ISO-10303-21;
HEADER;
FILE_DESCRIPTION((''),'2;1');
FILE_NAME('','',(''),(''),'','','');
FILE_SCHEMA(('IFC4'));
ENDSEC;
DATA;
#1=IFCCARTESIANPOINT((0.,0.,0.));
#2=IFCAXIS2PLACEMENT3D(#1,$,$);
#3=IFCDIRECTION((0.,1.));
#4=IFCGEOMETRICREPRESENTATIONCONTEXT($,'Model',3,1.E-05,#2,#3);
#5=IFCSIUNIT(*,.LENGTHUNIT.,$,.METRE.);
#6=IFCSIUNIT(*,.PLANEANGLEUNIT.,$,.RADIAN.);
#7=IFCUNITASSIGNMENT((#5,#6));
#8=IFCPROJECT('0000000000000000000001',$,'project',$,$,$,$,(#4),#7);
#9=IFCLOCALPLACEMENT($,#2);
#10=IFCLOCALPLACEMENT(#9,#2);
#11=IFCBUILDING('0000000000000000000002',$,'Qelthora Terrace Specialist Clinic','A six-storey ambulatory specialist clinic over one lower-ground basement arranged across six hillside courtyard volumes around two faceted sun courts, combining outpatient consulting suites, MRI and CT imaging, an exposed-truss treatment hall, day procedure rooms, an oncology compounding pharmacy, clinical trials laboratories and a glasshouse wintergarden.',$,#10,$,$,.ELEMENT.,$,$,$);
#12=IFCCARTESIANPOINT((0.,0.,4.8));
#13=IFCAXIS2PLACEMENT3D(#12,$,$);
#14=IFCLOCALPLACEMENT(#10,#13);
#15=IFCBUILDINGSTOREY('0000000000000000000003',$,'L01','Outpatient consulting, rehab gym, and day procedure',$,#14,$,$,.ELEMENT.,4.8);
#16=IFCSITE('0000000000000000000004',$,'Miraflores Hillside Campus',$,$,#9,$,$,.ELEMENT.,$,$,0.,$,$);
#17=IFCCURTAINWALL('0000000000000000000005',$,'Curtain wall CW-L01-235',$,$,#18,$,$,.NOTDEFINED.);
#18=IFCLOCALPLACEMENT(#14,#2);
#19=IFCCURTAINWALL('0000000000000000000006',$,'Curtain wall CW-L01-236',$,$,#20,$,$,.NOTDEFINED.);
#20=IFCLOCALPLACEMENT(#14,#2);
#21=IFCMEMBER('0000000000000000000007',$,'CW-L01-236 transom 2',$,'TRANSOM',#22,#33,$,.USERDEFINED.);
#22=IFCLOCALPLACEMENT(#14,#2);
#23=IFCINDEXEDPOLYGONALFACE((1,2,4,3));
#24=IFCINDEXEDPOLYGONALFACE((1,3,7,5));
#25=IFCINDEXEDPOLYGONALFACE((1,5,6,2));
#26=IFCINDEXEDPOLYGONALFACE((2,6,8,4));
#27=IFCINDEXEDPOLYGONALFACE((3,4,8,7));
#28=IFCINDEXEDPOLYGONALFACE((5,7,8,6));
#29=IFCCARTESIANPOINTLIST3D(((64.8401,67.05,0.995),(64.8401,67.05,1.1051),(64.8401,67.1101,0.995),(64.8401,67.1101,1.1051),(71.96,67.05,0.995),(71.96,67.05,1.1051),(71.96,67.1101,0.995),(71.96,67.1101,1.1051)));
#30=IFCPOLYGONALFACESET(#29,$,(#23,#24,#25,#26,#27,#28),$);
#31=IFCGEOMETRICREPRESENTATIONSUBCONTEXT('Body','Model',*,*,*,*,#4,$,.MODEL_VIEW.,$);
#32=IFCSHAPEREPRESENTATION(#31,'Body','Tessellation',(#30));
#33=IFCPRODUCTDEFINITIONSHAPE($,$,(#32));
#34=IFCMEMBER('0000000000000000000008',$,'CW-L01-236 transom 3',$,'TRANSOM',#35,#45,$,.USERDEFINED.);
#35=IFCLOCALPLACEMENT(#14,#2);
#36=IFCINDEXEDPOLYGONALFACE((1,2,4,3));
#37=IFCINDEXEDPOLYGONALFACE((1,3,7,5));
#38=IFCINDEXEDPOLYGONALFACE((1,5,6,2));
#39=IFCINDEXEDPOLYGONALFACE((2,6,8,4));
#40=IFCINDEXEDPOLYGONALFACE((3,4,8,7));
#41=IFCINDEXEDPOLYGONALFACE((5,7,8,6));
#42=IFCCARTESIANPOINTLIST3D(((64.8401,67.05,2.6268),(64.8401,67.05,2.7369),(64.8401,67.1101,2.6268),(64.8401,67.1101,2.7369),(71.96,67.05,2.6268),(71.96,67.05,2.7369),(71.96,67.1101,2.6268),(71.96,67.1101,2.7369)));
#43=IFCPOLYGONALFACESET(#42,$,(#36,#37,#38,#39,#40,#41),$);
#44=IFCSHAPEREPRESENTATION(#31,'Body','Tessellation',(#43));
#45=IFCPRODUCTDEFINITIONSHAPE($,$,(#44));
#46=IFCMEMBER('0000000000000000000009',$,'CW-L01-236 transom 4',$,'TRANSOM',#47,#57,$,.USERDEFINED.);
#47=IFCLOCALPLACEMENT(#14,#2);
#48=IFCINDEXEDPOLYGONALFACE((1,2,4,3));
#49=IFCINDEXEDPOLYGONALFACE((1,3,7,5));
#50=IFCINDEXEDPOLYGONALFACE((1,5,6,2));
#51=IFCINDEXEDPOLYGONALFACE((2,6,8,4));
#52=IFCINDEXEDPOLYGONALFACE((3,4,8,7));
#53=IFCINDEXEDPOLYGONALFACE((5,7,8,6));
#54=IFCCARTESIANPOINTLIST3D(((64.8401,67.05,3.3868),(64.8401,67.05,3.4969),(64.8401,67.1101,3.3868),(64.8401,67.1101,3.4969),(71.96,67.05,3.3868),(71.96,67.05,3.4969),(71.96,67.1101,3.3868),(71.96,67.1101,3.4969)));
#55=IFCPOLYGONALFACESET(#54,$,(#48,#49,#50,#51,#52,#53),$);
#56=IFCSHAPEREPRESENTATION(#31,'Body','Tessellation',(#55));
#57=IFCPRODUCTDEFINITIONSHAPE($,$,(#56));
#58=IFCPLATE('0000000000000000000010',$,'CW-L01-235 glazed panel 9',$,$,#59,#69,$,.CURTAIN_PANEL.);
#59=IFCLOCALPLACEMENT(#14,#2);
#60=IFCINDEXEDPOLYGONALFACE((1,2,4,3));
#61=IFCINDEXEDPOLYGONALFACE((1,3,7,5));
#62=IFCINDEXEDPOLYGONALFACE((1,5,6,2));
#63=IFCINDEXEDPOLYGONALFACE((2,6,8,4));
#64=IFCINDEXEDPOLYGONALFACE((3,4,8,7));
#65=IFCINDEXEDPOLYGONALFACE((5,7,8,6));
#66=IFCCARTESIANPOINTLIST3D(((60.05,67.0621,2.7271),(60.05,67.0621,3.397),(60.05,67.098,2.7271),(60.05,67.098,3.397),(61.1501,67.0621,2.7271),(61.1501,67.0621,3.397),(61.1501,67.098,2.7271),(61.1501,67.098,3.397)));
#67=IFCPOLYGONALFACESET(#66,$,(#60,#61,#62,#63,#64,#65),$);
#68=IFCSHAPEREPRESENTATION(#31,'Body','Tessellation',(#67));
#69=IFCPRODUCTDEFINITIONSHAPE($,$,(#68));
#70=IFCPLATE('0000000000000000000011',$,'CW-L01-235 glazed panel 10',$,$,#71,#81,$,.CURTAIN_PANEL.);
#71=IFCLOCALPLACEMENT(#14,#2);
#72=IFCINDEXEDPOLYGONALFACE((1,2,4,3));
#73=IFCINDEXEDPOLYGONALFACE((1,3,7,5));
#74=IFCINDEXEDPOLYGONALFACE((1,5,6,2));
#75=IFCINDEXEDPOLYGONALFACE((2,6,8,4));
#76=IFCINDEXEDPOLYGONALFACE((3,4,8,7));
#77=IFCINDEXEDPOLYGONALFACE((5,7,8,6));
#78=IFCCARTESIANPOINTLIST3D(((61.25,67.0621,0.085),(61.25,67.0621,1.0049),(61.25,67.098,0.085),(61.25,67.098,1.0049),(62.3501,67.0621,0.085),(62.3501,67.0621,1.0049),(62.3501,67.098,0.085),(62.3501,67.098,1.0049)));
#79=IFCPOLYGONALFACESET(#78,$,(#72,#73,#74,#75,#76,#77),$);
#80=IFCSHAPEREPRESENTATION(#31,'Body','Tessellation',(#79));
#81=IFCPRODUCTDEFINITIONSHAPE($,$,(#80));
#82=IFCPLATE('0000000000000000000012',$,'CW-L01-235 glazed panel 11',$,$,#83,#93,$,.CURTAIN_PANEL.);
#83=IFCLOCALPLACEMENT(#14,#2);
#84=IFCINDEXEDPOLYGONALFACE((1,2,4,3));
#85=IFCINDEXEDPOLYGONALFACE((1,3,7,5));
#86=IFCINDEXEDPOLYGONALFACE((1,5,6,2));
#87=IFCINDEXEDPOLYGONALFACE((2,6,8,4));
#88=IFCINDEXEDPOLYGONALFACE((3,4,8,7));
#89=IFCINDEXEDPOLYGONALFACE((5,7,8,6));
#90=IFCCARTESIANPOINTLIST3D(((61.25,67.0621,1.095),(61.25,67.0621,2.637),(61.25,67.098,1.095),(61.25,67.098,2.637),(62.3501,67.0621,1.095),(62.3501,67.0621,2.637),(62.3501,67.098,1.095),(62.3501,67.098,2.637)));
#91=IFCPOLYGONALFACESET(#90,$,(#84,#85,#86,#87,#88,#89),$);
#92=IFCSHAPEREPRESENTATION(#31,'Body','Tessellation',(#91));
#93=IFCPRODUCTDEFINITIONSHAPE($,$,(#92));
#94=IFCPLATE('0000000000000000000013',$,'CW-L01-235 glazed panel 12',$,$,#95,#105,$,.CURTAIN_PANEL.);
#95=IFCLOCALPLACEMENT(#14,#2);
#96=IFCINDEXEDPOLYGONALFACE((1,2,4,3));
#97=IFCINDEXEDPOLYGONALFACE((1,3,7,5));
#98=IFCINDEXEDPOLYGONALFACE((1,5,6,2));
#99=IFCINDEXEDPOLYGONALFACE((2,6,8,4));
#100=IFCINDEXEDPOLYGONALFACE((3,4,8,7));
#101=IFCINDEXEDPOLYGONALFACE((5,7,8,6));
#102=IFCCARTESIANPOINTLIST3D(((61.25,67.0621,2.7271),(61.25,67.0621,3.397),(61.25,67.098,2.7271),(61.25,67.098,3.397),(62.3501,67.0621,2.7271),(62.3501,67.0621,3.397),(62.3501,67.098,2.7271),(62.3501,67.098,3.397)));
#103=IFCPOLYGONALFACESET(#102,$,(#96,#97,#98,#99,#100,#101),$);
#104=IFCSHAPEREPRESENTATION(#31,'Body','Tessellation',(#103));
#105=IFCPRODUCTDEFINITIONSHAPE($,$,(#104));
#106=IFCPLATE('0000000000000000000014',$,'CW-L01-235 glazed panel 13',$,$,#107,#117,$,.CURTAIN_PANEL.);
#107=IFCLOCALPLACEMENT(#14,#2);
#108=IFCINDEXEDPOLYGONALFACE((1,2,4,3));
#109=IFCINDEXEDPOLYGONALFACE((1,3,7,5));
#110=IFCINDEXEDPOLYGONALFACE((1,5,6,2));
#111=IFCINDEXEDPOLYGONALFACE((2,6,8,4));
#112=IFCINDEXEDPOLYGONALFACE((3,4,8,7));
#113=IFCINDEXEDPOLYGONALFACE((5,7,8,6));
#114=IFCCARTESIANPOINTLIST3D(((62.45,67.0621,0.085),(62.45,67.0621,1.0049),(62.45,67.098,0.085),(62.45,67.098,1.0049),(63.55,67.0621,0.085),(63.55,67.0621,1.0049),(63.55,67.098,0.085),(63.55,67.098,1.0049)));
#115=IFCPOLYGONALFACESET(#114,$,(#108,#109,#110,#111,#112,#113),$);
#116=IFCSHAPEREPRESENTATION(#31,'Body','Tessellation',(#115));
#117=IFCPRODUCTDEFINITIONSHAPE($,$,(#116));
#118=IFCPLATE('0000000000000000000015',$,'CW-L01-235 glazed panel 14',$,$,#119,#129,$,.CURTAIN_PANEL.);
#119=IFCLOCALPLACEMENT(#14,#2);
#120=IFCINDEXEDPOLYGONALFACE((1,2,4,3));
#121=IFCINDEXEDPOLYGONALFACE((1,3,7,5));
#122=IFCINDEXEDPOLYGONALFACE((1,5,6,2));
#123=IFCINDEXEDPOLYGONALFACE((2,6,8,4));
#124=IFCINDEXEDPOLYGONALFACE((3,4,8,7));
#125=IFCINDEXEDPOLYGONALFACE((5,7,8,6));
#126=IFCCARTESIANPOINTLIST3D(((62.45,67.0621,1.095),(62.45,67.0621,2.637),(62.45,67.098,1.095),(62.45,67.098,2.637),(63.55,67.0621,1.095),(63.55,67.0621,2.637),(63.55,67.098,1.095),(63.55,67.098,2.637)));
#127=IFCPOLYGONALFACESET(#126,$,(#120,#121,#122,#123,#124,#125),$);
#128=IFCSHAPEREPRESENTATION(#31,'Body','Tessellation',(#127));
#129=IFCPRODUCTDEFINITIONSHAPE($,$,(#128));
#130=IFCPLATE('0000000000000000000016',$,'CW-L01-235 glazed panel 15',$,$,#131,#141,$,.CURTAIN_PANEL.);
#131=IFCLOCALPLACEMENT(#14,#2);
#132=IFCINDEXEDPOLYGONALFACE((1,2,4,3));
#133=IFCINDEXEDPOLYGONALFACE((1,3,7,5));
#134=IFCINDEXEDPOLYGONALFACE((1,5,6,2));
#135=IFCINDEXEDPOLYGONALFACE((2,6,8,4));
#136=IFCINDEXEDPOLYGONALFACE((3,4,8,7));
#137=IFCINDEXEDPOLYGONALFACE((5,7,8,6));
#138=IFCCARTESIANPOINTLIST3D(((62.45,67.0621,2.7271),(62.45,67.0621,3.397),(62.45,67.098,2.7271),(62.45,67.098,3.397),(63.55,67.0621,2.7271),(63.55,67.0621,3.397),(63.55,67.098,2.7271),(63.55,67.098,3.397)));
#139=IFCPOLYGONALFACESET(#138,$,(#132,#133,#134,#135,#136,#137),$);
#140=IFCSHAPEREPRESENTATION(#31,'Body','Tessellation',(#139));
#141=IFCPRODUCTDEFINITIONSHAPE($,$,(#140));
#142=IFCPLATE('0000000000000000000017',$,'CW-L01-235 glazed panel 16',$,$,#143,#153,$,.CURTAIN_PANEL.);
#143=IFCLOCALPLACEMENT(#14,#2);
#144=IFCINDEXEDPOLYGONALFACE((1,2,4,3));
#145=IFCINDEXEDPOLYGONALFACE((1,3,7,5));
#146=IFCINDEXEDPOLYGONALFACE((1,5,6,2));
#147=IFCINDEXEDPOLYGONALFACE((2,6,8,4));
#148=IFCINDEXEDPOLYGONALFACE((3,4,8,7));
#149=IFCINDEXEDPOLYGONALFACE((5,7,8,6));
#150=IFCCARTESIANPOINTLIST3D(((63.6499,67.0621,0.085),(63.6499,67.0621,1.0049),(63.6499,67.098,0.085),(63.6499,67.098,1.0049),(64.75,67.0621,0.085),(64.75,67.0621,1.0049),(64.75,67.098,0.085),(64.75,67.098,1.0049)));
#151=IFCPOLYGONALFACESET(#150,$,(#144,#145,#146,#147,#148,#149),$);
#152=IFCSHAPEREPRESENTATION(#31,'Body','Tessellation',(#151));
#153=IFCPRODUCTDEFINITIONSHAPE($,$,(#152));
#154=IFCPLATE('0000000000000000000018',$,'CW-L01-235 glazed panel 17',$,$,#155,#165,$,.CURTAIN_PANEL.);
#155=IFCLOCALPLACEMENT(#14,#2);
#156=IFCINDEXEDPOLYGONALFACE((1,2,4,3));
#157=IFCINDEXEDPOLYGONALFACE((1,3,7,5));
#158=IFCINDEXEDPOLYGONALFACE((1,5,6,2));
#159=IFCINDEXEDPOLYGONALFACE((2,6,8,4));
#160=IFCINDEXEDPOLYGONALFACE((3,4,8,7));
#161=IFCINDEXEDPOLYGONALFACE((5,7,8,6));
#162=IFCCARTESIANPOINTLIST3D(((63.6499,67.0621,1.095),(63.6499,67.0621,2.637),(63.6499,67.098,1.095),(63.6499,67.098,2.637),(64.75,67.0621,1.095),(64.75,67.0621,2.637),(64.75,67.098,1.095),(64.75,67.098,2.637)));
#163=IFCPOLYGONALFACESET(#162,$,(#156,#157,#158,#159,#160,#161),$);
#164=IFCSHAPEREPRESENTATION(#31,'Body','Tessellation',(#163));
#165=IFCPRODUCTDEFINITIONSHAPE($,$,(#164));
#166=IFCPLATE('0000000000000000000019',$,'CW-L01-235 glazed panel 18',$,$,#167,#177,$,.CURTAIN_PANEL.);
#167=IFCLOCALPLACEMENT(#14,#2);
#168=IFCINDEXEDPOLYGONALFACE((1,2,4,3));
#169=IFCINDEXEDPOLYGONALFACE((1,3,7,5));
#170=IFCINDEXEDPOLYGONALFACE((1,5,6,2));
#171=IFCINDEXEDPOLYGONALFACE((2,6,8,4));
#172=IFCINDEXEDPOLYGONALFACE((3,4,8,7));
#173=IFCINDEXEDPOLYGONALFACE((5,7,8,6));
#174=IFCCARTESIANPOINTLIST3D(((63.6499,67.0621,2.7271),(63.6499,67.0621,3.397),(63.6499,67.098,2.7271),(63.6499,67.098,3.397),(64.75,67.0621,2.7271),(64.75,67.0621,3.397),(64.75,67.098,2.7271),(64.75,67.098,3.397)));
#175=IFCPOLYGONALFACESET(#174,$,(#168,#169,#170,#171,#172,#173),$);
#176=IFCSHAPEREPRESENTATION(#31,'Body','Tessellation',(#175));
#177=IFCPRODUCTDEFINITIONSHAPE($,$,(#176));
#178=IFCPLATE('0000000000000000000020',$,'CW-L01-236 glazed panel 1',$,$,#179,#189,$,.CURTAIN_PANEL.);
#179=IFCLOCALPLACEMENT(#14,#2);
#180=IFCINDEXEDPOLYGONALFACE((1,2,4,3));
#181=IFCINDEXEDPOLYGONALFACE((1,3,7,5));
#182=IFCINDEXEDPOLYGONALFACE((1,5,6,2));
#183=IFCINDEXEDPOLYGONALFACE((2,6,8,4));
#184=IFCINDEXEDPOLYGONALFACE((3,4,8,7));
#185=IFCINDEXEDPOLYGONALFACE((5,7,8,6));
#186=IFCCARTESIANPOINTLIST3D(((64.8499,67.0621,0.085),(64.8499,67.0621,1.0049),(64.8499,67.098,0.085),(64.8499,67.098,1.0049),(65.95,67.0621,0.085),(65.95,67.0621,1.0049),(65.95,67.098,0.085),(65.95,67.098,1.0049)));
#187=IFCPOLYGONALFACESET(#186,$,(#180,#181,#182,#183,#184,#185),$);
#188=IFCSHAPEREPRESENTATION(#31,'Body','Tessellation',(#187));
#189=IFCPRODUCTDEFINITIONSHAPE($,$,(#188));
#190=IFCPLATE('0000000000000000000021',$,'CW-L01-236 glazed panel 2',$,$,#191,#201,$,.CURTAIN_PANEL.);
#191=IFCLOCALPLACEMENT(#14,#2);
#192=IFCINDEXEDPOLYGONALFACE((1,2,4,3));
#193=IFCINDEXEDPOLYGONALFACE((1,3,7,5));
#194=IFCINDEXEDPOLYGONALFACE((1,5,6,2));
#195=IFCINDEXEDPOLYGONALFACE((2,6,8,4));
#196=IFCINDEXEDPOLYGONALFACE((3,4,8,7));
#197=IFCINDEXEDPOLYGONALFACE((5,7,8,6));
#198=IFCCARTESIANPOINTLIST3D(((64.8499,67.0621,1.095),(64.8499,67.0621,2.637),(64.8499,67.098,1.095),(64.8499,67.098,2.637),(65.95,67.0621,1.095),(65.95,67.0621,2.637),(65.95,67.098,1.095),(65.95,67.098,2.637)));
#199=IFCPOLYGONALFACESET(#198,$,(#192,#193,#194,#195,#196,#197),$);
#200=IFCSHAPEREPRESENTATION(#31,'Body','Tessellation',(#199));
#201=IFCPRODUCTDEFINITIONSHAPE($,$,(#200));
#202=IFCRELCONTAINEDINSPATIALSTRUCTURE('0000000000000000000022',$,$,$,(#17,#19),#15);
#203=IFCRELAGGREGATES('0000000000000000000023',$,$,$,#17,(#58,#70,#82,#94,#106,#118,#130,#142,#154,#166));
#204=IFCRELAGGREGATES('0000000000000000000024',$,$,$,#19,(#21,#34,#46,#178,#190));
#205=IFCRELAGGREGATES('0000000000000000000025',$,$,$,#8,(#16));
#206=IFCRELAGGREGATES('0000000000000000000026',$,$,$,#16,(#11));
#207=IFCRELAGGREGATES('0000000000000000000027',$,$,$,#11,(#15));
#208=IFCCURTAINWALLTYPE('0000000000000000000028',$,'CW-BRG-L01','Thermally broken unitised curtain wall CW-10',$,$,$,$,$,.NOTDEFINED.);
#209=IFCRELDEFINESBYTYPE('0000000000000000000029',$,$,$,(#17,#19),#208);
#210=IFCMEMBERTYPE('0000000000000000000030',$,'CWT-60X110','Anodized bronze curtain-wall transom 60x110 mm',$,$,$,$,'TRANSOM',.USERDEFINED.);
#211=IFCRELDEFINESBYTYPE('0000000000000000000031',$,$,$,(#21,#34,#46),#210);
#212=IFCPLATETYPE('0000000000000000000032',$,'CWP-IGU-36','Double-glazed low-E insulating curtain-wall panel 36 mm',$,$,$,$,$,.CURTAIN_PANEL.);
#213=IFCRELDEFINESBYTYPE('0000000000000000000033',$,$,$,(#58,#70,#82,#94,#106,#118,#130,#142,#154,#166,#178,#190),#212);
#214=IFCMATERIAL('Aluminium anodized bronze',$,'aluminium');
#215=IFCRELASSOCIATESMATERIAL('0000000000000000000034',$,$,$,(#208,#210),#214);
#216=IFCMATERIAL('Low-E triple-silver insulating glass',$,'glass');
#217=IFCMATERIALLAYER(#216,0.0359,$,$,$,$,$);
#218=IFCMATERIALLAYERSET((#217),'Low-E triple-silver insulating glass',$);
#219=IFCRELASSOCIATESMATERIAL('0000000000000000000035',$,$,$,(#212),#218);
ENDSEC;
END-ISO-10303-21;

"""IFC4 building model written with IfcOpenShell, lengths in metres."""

from ifc_helpers import new_model, si_unit, direction, frame, origin, origin_2d, place, context, subcontext, project, spatial, rectangle, extrude, material, layer, layer_set, material_profile, profile_set, type_object, element, aggregate, save


model = new_model("IFC4")

# Units and contexts
model_context = context("Model", 3, precision=1e-05, world=origin(), true_north=direction((0.0, 1.0)))
body_context = subcontext(model_context, "Body", "Model", "MODEL_VIEW")
ifc_project = project(units=[si_unit("LENGTHUNIT", "METRE"), si_unit("PLANEANGLEUNIT", "RADIAN")], contexts=[model_context])

# Site, building, storey
site_placement = place(None, origin())
site = spatial("IfcSite", under=ifc_project, at=site_placement, Name="Miraflores Hillside Campus", CompositionType="ELEMENT", RefElevation=0.0)
building_placement = place(site_placement, origin())
building = spatial("IfcBuilding", under=site, at=building_placement, Name="Qelthora Terrace Specialist Clinic", Description="A six-storey ambulatory specialist clinic over one lower-ground basement arranged across six hillside courtyard volumes around two faceted sun courts, combining outpatient consulting suites, MRI and CT imaging, an exposed-truss treatment hall, day procedure rooms, an oncology compounding pharmacy, clinical trials laboratories and a glasshouse wintergarden.", CompositionType="ELEMENT")
storey_placement = place(building_placement, frame((0.0, 0.0, 4.8)))
storey = spatial("IfcBuildingStorey", under=building, at=storey_placement, Name="L01", Description="Outpatient consulting, rehab gym, and day procedure", CompositionType="ELEMENT", Elevation=4.8)

# Curtain walls, members
ifc_material_1 = material(Name="Aluminium anodized bronze", Category="aluminium")
curtain_wall_type = type_object("IfcCurtainWallType", Name="CW-BRG-L01", Description="Thermally broken unitised curtain wall CW-10", PredefinedType="NOTDEFINED", material=ifc_material_1)
curtain_wall_1_placement = place(storey_placement, origin())
curtain_wall_1 = element("IfcCurtainWall", 1, at=curtain_wall_1_placement, inside=storey, type_object=curtain_wall_type, Name="Curtain wall CW-L01-235", PredefinedType="NOTDEFINED")
curtain_wall_2_placement = place(storey_placement, origin())
curtain_wall_2 = element("IfcCurtainWall", 2, at=curtain_wall_2_placement, inside=storey, type_object=curtain_wall_type, Name="Curtain wall CW-L01-236", PredefinedType="NOTDEFINED")
ifc_material_profile_1 = material_profile(ifc_material_1, rectangle(XDim=0.0601, YDim=0.1101, at=origin_2d()), Name="CWT60X110")
ifc_profile_set_1 = profile_set([ifc_material_profile_1], Name="Aluminium anodized bronze")
member_type_1 = type_object("IfcMemberType", Name="CWT-60X110", Description="Anodized bronze curtain-wall transom 60x110 mm", ElementType="TRANSOM", PredefinedType="USERDEFINED", material=ifc_profile_set_1)
member_1_placement = place(storey_placement, frame((64.8401, 67.0801, 1.05), z_axis=(1.0, 0.0, 0.0), x_axis=(0.0, 1.0, 0.0)))
member_1 = element("IfcMember", 3, at=member_1_placement, type_object=member_type_1, Name="CW-L01-236 transom 2", ObjectType="TRANSOM", PredefinedType="USERDEFINED", context=body_context, shape_type="SweptSolid", body=[
    extrude(rectangle(XDim=0.0601, YDim=0.1101, at=origin_2d()), origin(), (0.0, 0.0, 1.0), 7.1199),
])
member_2_placement = place(storey_placement, frame((64.8401, 67.0801, 2.6819), z_axis=(1.0, 0.0, 0.0), x_axis=(0.0, 1.0, 0.0)))
member_2 = element("IfcMember", 4, at=member_2_placement, type_object=member_type_1, Name="CW-L01-236 transom 3", ObjectType="TRANSOM", PredefinedType="USERDEFINED", context=body_context, shape_type="SweptSolid", body=[
    extrude(rectangle(XDim=0.0601, YDim=0.1101, at=origin_2d()), origin(), (0.0, 0.0, 1.0), 7.1199),
])
member_3_placement = place(storey_placement, frame((64.8401, 67.0801, 3.4419), z_axis=(1.0, 0.0, 0.0), x_axis=(0.0, 1.0, 0.0)))
member_3 = element("IfcMember", 5, at=member_3_placement, type_object=member_type_1, Name="CW-L01-236 transom 4", ObjectType="TRANSOM", PredefinedType="USERDEFINED", context=body_context, shape_type="SweptSolid", body=[
    extrude(rectangle(XDim=0.0601, YDim=0.1101, at=origin_2d()), origin(), (0.0, 0.0, 1.0), 7.1199),
])

# Plates
ifc_material_2 = material(Name="Low-E triple-silver insulating glass", Category="glass")
ifc_layer = layer(ifc_material_2, 0.0359)
ifc_layer_set = layer_set([ifc_layer], Name="Low-E triple-silver insulating glass")
plate_type = type_object("IfcPlateType", Name="CWP-IGU-36", Description="Double-glazed low-E insulating curtain-wall panel 36 mm", PredefinedType="CURTAIN_PANEL", material=ifc_layer_set)
plate_1_placement = place(storey_placement, frame((60.6001, 67.0801, 2.7271), z_axis=(0.0, 0.0, 1.0), x_axis=(1.0, 0.0, 0.0)))
plate_1 = element("IfcPlate", 6, at=plate_1_placement, type_object=plate_type, Name="CW-L01-235 glazed panel 9", PredefinedType="CURTAIN_PANEL", context=body_context, shape_type="SweptSolid", body=[
    extrude(rectangle(XDim=1.1001, YDim=0.0359, at=origin_2d()), origin(), (0.0, 0.0, 1.0), 0.6699),
])
plate_2_placement = place(storey_placement, frame((61.8, 67.0801, 0.085), z_axis=(0.0, 0.0, 1.0), x_axis=(1.0, 0.0, 0.0)))
plate_2 = element("IfcPlate", 7, at=plate_2_placement, type_object=plate_type, Name="CW-L01-235 glazed panel 10", PredefinedType="CURTAIN_PANEL", context=body_context, shape_type="SweptSolid", body=[
    extrude(rectangle(XDim=1.1001, YDim=0.0359, at=origin_2d()), origin(), (0.0, 0.0, 1.0), 0.9199),
])
plate_3_placement = place(storey_placement, frame((61.8, 67.0801, 1.095), z_axis=(0.0, 0.0, 1.0), x_axis=(1.0, 0.0, 0.0)))
plate_3 = element("IfcPlate", 8, at=plate_3_placement, type_object=plate_type, Name="CW-L01-235 glazed panel 11", PredefinedType="CURTAIN_PANEL", context=body_context, shape_type="SweptSolid", body=[
    extrude(rectangle(XDim=1.1001, YDim=0.0359, at=origin_2d()), origin(), (0.0, 0.0, 1.0), 1.542),
])
plate_4_placement = place(storey_placement, frame((61.8, 67.0801, 2.7271), z_axis=(0.0, 0.0, 1.0), x_axis=(1.0, 0.0, 0.0)))
plate_4 = element("IfcPlate", 9, at=plate_4_placement, type_object=plate_type, Name="CW-L01-235 glazed panel 12", PredefinedType="CURTAIN_PANEL", context=body_context, shape_type="SweptSolid", body=[
    extrude(rectangle(XDim=1.1001, YDim=0.0359, at=origin_2d()), origin(), (0.0, 0.0, 1.0), 0.6699),
])
plate_5_placement = place(storey_placement, frame((63.0, 67.0801, 0.085), z_axis=(0.0, 0.0, 1.0), x_axis=(1.0, 0.0, 0.0)))
plate_5 = element("IfcPlate", 10, at=plate_5_placement, type_object=plate_type, Name="CW-L01-235 glazed panel 13", PredefinedType="CURTAIN_PANEL", context=body_context, shape_type="SweptSolid", body=[
    extrude(rectangle(XDim=1.1001, YDim=0.0359, at=origin_2d()), origin(), (0.0, 0.0, 1.0), 0.9199),
])
plate_6_placement = place(storey_placement, frame((63.0, 67.0801, 1.095), z_axis=(0.0, 0.0, 1.0), x_axis=(1.0, 0.0, 0.0)))
plate_6 = element("IfcPlate", 11, at=plate_6_placement, type_object=plate_type, Name="CW-L01-235 glazed panel 14", PredefinedType="CURTAIN_PANEL", context=body_context, shape_type="SweptSolid", body=[
    extrude(rectangle(XDim=1.1001, YDim=0.0359, at=origin_2d()), origin(), (0.0, 0.0, 1.0), 1.542),
])
plate_7_placement = place(storey_placement, frame((63.0, 67.0801, 2.7271), z_axis=(0.0, 0.0, 1.0), x_axis=(1.0, 0.0, 0.0)))
plate_7 = element("IfcPlate", 12, at=plate_7_placement, type_object=plate_type, Name="CW-L01-235 glazed panel 15", PredefinedType="CURTAIN_PANEL", context=body_context, shape_type="SweptSolid", body=[
    extrude(rectangle(XDim=1.1001, YDim=0.0359, at=origin_2d()), origin(), (0.0, 0.0, 1.0), 0.6699),
])
plate_8_placement = place(storey_placement, frame((64.2, 67.0801, 0.085), z_axis=(0.0, 0.0, 1.0), x_axis=(1.0, 0.0, 0.0)))
plate_8 = element("IfcPlate", 13, at=plate_8_placement, type_object=plate_type, Name="CW-L01-235 glazed panel 16", PredefinedType="CURTAIN_PANEL", context=body_context, shape_type="SweptSolid", body=[
    extrude(rectangle(XDim=1.1001, YDim=0.0359, at=origin_2d()), origin(), (0.0, 0.0, 1.0), 0.9199),
])
plate_9_placement = place(storey_placement, frame((64.2, 67.0801, 1.095), z_axis=(0.0, 0.0, 1.0), x_axis=(1.0, 0.0, 0.0)))
plate_9 = element("IfcPlate", 14, at=plate_9_placement, type_object=plate_type, Name="CW-L01-235 glazed panel 17", PredefinedType="CURTAIN_PANEL", context=body_context, shape_type="SweptSolid", body=[
    extrude(rectangle(XDim=1.1001, YDim=0.0359, at=origin_2d()), origin(), (0.0, 0.0, 1.0), 1.542),
])
plate_10_placement = place(storey_placement, frame((64.2, 67.0801, 2.7271), z_axis=(0.0, 0.0, 1.0), x_axis=(1.0, 0.0, 0.0)))
plate_10 = element("IfcPlate", 15, at=plate_10_placement, type_object=plate_type, Name="CW-L01-235 glazed panel 18", PredefinedType="CURTAIN_PANEL", context=body_context, shape_type="SweptSolid", body=[
    extrude(rectangle(XDim=1.1001, YDim=0.0359, at=origin_2d()), origin(), (0.0, 0.0, 1.0), 0.6699),
])
aggregate(curtain_wall_1, [plate_1, plate_2, plate_3, plate_4, plate_5, plate_6, plate_7, plate_8, plate_9, plate_10])
plate_11_placement = place(storey_placement, frame((65.3999, 67.0801, 0.085), z_axis=(0.0, 0.0, 1.0), x_axis=(1.0, 0.0, 0.0)))
plate_11 = element("IfcPlate", 16, at=plate_11_placement, type_object=plate_type, Name="CW-L01-236 glazed panel 1", PredefinedType="CURTAIN_PANEL", context=body_context, shape_type="SweptSolid", body=[
    extrude(rectangle(XDim=1.1001, YDim=0.0359, at=origin_2d()), origin(), (0.0, 0.0, 1.0), 0.9199),
])
plate_12_placement = place(storey_placement, frame((65.3999, 67.0801, 1.095), z_axis=(0.0, 0.0, 1.0), x_axis=(1.0, 0.0, 0.0)))
plate_12 = element("IfcPlate", 17, at=plate_12_placement, type_object=plate_type, Name="CW-L01-236 glazed panel 2", PredefinedType="CURTAIN_PANEL", context=body_context, shape_type="SweptSolid", body=[
    extrude(rectangle(XDim=1.1001, YDim=0.0359, at=origin_2d()), origin(), (0.0, 0.0, 1.0), 1.542),
])
aggregate(curtain_wall_2, [member_1, member_2, member_3, plate_11, plate_12])

save(model, "model.ifc")
